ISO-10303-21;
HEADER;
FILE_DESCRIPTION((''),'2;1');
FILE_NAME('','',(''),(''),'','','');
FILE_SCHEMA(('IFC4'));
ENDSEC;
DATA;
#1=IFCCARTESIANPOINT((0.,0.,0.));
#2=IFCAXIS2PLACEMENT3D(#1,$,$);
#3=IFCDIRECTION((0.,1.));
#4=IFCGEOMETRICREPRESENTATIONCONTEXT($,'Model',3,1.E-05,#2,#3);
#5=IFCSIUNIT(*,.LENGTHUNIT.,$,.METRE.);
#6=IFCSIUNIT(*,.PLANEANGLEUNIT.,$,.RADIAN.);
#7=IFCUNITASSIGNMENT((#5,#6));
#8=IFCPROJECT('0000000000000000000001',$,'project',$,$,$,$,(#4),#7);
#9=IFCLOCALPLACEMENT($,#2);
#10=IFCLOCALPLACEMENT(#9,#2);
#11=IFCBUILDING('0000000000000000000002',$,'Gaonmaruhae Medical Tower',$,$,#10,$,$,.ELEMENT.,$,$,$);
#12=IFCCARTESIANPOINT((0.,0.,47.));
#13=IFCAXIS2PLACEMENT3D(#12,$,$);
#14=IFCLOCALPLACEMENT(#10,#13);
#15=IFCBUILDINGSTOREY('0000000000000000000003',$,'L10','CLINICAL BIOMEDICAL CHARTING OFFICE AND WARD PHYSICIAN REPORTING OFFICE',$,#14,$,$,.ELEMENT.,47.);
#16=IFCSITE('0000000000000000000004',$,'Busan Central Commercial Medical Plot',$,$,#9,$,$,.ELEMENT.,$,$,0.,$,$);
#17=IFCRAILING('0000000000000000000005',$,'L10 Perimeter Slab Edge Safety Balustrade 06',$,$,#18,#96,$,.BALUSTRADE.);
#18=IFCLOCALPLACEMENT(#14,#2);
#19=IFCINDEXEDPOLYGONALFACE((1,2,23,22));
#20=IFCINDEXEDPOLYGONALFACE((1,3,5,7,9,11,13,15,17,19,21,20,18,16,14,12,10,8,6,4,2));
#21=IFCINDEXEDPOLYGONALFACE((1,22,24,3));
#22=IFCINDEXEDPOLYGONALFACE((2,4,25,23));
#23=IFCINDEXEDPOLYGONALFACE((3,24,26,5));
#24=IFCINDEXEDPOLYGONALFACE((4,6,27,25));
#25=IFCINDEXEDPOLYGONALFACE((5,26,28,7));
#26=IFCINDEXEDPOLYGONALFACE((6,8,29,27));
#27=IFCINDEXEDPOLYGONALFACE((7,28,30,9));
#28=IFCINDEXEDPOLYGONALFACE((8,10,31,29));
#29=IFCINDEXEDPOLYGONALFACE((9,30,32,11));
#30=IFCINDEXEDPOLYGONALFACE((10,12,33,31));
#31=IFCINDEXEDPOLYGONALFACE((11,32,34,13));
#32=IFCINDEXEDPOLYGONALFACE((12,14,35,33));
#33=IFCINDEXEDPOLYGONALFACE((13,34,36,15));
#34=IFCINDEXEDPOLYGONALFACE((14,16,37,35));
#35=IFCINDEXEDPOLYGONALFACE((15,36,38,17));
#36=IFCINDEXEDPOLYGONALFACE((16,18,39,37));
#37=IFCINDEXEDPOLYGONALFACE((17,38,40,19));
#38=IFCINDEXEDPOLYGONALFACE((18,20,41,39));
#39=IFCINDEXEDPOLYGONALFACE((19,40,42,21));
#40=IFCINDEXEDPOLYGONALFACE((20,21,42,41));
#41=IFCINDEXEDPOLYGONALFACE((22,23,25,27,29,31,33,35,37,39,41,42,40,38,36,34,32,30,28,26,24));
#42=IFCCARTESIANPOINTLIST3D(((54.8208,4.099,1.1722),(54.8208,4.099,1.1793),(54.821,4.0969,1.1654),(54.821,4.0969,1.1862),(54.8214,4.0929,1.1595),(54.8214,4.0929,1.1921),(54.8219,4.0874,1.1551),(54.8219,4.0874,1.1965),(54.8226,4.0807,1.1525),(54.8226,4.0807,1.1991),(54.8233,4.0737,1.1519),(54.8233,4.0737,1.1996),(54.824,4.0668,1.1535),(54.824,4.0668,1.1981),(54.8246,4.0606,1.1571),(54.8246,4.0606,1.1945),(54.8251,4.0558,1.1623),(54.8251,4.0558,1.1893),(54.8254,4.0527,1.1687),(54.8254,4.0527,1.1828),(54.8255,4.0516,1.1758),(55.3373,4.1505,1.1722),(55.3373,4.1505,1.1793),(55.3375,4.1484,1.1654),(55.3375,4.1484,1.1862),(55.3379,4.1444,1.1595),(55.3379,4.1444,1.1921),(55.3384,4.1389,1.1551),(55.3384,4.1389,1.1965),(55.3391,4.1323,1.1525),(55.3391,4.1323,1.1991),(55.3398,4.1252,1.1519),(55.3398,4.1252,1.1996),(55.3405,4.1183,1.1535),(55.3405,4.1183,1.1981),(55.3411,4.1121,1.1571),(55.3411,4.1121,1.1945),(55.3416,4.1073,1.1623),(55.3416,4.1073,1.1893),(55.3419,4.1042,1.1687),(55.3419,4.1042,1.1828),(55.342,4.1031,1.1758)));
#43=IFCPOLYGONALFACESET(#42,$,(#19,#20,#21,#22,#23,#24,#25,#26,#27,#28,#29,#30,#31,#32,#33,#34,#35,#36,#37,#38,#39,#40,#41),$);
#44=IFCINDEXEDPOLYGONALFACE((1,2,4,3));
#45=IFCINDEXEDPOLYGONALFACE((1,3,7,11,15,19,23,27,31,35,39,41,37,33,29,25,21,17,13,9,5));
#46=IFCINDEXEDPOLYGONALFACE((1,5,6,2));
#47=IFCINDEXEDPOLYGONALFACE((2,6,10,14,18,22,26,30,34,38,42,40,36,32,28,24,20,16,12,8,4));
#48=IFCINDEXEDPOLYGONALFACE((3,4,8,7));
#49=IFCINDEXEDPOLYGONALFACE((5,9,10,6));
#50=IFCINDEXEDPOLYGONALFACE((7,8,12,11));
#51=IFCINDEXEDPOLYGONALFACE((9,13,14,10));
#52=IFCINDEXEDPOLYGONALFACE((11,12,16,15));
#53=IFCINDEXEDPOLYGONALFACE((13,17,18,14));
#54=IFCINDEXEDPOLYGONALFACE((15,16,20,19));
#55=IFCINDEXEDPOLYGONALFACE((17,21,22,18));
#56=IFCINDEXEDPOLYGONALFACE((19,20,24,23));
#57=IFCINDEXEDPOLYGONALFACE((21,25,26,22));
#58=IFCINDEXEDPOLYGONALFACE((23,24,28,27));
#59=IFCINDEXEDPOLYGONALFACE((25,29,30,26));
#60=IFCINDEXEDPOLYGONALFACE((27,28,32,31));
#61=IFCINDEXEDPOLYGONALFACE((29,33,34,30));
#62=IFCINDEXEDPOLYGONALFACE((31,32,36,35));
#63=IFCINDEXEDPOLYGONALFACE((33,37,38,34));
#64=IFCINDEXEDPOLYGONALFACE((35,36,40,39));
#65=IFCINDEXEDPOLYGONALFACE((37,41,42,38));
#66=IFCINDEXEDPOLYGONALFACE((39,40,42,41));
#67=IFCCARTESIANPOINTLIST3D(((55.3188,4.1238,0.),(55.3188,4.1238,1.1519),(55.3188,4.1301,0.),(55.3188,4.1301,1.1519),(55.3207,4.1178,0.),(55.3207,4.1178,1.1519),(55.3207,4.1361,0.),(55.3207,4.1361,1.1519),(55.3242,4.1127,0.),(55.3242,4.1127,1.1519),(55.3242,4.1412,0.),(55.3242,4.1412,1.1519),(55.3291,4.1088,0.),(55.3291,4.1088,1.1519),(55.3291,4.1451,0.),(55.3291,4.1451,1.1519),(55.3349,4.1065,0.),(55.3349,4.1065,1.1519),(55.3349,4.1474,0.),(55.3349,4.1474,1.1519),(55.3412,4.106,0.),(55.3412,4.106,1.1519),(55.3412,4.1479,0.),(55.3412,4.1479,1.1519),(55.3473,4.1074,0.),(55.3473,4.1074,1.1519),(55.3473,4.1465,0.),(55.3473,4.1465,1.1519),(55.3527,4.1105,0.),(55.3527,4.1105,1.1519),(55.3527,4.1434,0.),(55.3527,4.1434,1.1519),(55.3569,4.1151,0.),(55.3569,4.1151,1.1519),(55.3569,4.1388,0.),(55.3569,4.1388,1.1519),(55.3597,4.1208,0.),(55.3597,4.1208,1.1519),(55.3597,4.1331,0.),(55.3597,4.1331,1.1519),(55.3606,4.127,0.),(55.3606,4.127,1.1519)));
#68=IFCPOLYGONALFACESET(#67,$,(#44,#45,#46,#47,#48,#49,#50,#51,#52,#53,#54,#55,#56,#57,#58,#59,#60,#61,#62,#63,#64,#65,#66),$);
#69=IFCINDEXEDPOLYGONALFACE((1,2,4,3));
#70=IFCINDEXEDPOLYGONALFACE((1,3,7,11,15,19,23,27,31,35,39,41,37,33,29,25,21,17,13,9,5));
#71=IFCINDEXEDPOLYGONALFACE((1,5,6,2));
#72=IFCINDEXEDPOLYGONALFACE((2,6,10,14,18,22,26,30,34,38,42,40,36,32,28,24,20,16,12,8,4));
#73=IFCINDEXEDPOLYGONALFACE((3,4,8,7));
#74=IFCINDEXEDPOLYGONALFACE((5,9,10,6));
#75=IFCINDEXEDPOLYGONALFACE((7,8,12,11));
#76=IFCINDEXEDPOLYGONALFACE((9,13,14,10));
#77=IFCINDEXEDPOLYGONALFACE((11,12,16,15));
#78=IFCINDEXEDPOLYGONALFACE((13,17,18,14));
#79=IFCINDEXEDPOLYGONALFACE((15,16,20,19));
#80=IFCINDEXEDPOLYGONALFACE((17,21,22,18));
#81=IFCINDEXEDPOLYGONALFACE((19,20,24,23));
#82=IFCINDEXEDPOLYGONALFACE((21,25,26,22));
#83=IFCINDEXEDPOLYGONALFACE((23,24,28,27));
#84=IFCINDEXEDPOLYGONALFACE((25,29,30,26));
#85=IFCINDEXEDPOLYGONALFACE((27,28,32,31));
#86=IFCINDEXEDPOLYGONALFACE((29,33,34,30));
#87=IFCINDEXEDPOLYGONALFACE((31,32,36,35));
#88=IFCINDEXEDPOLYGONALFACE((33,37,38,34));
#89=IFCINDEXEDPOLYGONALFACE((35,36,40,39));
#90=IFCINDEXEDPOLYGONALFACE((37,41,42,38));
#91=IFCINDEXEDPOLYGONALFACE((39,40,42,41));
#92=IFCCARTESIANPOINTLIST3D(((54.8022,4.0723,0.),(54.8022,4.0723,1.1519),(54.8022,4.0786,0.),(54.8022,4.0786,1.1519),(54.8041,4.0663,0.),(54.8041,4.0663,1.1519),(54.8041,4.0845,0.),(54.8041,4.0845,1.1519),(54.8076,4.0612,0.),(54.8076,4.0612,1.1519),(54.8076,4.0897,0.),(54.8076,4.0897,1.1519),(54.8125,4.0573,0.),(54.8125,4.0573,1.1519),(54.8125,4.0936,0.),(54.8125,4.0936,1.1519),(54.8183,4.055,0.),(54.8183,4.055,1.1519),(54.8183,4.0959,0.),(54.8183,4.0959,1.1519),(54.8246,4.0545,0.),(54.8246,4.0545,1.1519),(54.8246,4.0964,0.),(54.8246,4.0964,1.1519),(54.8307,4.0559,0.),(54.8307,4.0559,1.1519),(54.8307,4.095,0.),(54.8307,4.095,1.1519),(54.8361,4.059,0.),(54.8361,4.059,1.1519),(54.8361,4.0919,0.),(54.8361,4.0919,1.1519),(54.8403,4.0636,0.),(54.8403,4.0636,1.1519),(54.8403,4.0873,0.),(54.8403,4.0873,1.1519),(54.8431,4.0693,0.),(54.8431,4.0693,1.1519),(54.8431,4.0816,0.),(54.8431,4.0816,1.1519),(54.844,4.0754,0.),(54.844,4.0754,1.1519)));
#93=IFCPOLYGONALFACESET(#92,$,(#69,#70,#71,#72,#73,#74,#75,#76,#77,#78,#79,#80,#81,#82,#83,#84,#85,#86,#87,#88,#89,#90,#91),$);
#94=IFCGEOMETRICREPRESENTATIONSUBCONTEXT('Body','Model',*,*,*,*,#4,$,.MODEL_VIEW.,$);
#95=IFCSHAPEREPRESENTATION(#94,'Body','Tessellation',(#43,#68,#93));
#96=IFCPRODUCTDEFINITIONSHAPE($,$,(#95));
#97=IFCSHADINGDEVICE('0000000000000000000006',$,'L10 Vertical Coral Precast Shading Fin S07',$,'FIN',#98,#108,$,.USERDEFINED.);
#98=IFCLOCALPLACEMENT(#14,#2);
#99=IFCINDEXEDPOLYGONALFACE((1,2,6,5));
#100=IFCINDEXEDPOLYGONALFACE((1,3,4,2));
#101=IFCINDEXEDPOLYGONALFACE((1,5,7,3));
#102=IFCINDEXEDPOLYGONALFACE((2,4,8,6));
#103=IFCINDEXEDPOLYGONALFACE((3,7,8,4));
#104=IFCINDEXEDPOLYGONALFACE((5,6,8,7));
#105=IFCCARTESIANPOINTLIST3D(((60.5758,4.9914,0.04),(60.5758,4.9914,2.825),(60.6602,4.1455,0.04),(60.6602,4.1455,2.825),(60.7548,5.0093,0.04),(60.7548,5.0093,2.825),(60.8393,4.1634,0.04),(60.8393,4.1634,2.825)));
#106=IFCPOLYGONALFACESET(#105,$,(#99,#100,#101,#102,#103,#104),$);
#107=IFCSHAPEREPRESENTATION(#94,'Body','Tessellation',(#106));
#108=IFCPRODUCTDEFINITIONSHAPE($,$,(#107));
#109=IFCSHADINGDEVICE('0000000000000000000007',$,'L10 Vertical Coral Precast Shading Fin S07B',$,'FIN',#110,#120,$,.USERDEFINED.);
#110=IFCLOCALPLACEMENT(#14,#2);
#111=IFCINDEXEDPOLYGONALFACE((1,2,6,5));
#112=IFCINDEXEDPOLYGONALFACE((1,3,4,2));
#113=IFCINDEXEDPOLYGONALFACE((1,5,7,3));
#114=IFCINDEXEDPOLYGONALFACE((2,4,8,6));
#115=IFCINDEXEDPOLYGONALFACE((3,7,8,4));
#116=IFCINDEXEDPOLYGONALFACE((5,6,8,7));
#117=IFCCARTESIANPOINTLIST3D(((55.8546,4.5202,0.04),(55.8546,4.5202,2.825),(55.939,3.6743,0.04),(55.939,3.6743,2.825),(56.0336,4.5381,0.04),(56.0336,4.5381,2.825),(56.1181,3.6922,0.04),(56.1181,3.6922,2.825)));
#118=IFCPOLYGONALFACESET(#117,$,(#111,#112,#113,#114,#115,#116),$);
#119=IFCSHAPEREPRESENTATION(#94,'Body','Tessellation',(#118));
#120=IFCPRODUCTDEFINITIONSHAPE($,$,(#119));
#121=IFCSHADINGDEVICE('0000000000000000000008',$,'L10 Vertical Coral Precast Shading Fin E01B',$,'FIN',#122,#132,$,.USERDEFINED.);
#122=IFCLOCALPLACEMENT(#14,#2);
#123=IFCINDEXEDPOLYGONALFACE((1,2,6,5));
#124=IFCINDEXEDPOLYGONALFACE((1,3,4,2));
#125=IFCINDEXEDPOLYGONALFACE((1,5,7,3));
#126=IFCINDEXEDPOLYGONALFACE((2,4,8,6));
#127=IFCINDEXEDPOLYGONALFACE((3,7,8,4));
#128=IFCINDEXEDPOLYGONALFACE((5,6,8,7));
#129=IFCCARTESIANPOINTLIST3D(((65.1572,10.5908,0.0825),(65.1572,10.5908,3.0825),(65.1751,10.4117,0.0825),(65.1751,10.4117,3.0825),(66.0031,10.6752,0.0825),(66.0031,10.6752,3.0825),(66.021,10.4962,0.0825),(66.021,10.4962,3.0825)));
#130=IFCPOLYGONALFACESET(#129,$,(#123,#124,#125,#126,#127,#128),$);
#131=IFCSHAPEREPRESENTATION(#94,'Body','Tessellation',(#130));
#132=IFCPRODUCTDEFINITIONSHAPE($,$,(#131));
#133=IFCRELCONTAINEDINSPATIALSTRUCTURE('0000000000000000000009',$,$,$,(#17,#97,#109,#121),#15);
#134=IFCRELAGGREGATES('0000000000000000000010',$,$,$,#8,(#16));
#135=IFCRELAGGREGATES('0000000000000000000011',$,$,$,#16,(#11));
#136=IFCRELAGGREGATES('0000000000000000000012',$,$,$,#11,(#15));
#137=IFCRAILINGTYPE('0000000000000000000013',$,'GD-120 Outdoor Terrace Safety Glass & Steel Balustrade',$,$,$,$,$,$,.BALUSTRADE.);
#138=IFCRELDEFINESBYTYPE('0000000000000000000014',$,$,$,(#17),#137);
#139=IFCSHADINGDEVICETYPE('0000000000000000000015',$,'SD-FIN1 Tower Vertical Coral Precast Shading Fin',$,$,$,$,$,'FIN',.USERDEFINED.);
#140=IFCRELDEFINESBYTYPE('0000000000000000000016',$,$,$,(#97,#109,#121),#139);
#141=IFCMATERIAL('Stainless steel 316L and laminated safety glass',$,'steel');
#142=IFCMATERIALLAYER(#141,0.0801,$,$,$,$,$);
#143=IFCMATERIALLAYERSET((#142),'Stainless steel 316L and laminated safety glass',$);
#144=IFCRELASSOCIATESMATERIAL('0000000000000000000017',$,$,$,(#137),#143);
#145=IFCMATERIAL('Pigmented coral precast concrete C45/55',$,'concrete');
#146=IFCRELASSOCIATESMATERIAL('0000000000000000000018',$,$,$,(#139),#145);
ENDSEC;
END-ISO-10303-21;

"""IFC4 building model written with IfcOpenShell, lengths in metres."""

from ifc_helpers import new_model, si_unit, direction, frame, origin, origin_2d, place, context, subcontext, project, spatial, rectangle, circle, extrude, material, layer, layer_set, type_object, element, save


model = new_model("IFC4")

# Units and contexts
model_context = context("Model", 3, precision=1e-05, world=origin(), true_north=direction((0.0, 1.0)))
body_context = subcontext(model_context, "Body", "Model", "MODEL_VIEW")
ifc_project = project(units=[si_unit("LENGTHUNIT", "METRE"), si_unit("PLANEANGLEUNIT", "RADIAN")], contexts=[model_context])

# Site, building, storey
site_placement = place(None, origin())
site = spatial("IfcSite", under=ifc_project, at=site_placement, Name="Busan Central Commercial Medical Plot", CompositionType="ELEMENT", RefElevation=0.0)
building_placement = place(site_placement, origin())
building = spatial("IfcBuilding", under=site, at=building_placement, Name="Gaonmaruhae Medical Tower", CompositionType="ELEMENT")
storey_placement = place(building_placement, frame((0.0, 0.0, 47.0)))
storey = spatial("IfcBuildingStorey", under=building, at=storey_placement, Name="L10", Description="CLINICAL BIOMEDICAL CHARTING OFFICE AND WARD PHYSICIAN REPORTING OFFICE", CompositionType="ELEMENT", Elevation=47.0)

# Railing
ifc_material_1 = material(Name="Stainless steel 316L and laminated safety glass", Category="steel")
ifc_layer_1 = layer(ifc_material_1, 0.0801)
ifc_layer_set_1 = layer_set([ifc_layer_1], Name="Stainless steel 316L and laminated safety glass")
railing_type = type_object("IfcRailingType", Name="GD-120 Outdoor Terrace Safety Glass & Steel Balustrade", PredefinedType="BALUSTRADE", material=ifc_layer_set_1)
railing_placement = place(storey_placement, frame((55.3396, 4.127, 0.0)))
element("IfcRailing", 1, at=railing_placement, inside=storey, type_object=railing_type, Name="L10 Perimeter Slab Edge Safety Balustrade 06", PredefinedType="BALUSTRADE", context=body_context, shape_type="SweptSolid", body=[
    extrude(circle(Radius=0.0239, at=origin_2d()), frame((0.0, 0.0, 1.1758), z_axis=(-0.995065, -0.099224, 0.0), x_axis=(0.099224, -0.995065, 0.0)), (0.0, 0.0, 1.0), 0.519),
    extrude(circle(Radius=0.021, at=origin_2d()), origin(), (0.0, 0.0, 1.0), 1.1519),
    extrude(circle(Radius=0.021, at=origin_2d()), frame((-0.5166, -0.0515, 0.0)), (0.0, 0.0, 1.0), 1.1519),
])

# Shading devices
ifc_material_2 = material(Name="Pigmented coral precast concrete C45/55", Category="concrete")
shading_device_type = type_object("IfcShadingDeviceType", Name="SD-FIN1 Tower Vertical Coral Precast Shading Fin", ElementType="FIN", PredefinedType="USERDEFINED", material=ifc_material_2)
for number, where, z_axis, x_axis, name in (
    (2, (60.7075, 4.5774, 0.04), (0.0, 0.0, 1.0), (-0.995054, -0.099337, 0.0), "L10 Vertical Coral Precast Shading Fin S07"),
    (3, (55.9863, 4.1062, 0.04), (0.0, 0.0, 1.0), (-0.995054, -0.099337, 0.0), "L10 Vertical Coral Precast Shading Fin S07B"),
):
    element("IfcShadingDevice", number, at=place(storey_placement, frame(where, z_axis=z_axis, x_axis=x_axis)), inside=storey, type_object=shading_device_type, Name=name, ObjectType="FIN", PredefinedType="USERDEFINED", context=body_context, shape_type="SweptSolid", body=[
        extrude(rectangle(XDim=0.1799, YDim=0.8501, at=origin_2d()), origin(), (0.0, 0.0, 1.0), 2.7849),
    ])
shading_device_placement = place(storey_placement, frame((65.5891, 10.5435, 0.0825), z_axis=(0.0, 0.0, 1.0), x_axis=(0.09932, -0.995056, 0.0)))
element("IfcShadingDevice", 4, at=shading_device_placement, inside=storey, type_object=shading_device_type, Name="L10 Vertical Coral Precast Shading Fin E01B", ObjectType="FIN", PredefinedType="USERDEFINED", context=body_context, shape_type="SweptSolid", body=[
    extrude(rectangle(XDim=0.1799, YDim=0.8501, at=origin_2d()), origin(), (0.0, 0.0, 1.0), 3.0),
])

save(model, "model.ifc")
